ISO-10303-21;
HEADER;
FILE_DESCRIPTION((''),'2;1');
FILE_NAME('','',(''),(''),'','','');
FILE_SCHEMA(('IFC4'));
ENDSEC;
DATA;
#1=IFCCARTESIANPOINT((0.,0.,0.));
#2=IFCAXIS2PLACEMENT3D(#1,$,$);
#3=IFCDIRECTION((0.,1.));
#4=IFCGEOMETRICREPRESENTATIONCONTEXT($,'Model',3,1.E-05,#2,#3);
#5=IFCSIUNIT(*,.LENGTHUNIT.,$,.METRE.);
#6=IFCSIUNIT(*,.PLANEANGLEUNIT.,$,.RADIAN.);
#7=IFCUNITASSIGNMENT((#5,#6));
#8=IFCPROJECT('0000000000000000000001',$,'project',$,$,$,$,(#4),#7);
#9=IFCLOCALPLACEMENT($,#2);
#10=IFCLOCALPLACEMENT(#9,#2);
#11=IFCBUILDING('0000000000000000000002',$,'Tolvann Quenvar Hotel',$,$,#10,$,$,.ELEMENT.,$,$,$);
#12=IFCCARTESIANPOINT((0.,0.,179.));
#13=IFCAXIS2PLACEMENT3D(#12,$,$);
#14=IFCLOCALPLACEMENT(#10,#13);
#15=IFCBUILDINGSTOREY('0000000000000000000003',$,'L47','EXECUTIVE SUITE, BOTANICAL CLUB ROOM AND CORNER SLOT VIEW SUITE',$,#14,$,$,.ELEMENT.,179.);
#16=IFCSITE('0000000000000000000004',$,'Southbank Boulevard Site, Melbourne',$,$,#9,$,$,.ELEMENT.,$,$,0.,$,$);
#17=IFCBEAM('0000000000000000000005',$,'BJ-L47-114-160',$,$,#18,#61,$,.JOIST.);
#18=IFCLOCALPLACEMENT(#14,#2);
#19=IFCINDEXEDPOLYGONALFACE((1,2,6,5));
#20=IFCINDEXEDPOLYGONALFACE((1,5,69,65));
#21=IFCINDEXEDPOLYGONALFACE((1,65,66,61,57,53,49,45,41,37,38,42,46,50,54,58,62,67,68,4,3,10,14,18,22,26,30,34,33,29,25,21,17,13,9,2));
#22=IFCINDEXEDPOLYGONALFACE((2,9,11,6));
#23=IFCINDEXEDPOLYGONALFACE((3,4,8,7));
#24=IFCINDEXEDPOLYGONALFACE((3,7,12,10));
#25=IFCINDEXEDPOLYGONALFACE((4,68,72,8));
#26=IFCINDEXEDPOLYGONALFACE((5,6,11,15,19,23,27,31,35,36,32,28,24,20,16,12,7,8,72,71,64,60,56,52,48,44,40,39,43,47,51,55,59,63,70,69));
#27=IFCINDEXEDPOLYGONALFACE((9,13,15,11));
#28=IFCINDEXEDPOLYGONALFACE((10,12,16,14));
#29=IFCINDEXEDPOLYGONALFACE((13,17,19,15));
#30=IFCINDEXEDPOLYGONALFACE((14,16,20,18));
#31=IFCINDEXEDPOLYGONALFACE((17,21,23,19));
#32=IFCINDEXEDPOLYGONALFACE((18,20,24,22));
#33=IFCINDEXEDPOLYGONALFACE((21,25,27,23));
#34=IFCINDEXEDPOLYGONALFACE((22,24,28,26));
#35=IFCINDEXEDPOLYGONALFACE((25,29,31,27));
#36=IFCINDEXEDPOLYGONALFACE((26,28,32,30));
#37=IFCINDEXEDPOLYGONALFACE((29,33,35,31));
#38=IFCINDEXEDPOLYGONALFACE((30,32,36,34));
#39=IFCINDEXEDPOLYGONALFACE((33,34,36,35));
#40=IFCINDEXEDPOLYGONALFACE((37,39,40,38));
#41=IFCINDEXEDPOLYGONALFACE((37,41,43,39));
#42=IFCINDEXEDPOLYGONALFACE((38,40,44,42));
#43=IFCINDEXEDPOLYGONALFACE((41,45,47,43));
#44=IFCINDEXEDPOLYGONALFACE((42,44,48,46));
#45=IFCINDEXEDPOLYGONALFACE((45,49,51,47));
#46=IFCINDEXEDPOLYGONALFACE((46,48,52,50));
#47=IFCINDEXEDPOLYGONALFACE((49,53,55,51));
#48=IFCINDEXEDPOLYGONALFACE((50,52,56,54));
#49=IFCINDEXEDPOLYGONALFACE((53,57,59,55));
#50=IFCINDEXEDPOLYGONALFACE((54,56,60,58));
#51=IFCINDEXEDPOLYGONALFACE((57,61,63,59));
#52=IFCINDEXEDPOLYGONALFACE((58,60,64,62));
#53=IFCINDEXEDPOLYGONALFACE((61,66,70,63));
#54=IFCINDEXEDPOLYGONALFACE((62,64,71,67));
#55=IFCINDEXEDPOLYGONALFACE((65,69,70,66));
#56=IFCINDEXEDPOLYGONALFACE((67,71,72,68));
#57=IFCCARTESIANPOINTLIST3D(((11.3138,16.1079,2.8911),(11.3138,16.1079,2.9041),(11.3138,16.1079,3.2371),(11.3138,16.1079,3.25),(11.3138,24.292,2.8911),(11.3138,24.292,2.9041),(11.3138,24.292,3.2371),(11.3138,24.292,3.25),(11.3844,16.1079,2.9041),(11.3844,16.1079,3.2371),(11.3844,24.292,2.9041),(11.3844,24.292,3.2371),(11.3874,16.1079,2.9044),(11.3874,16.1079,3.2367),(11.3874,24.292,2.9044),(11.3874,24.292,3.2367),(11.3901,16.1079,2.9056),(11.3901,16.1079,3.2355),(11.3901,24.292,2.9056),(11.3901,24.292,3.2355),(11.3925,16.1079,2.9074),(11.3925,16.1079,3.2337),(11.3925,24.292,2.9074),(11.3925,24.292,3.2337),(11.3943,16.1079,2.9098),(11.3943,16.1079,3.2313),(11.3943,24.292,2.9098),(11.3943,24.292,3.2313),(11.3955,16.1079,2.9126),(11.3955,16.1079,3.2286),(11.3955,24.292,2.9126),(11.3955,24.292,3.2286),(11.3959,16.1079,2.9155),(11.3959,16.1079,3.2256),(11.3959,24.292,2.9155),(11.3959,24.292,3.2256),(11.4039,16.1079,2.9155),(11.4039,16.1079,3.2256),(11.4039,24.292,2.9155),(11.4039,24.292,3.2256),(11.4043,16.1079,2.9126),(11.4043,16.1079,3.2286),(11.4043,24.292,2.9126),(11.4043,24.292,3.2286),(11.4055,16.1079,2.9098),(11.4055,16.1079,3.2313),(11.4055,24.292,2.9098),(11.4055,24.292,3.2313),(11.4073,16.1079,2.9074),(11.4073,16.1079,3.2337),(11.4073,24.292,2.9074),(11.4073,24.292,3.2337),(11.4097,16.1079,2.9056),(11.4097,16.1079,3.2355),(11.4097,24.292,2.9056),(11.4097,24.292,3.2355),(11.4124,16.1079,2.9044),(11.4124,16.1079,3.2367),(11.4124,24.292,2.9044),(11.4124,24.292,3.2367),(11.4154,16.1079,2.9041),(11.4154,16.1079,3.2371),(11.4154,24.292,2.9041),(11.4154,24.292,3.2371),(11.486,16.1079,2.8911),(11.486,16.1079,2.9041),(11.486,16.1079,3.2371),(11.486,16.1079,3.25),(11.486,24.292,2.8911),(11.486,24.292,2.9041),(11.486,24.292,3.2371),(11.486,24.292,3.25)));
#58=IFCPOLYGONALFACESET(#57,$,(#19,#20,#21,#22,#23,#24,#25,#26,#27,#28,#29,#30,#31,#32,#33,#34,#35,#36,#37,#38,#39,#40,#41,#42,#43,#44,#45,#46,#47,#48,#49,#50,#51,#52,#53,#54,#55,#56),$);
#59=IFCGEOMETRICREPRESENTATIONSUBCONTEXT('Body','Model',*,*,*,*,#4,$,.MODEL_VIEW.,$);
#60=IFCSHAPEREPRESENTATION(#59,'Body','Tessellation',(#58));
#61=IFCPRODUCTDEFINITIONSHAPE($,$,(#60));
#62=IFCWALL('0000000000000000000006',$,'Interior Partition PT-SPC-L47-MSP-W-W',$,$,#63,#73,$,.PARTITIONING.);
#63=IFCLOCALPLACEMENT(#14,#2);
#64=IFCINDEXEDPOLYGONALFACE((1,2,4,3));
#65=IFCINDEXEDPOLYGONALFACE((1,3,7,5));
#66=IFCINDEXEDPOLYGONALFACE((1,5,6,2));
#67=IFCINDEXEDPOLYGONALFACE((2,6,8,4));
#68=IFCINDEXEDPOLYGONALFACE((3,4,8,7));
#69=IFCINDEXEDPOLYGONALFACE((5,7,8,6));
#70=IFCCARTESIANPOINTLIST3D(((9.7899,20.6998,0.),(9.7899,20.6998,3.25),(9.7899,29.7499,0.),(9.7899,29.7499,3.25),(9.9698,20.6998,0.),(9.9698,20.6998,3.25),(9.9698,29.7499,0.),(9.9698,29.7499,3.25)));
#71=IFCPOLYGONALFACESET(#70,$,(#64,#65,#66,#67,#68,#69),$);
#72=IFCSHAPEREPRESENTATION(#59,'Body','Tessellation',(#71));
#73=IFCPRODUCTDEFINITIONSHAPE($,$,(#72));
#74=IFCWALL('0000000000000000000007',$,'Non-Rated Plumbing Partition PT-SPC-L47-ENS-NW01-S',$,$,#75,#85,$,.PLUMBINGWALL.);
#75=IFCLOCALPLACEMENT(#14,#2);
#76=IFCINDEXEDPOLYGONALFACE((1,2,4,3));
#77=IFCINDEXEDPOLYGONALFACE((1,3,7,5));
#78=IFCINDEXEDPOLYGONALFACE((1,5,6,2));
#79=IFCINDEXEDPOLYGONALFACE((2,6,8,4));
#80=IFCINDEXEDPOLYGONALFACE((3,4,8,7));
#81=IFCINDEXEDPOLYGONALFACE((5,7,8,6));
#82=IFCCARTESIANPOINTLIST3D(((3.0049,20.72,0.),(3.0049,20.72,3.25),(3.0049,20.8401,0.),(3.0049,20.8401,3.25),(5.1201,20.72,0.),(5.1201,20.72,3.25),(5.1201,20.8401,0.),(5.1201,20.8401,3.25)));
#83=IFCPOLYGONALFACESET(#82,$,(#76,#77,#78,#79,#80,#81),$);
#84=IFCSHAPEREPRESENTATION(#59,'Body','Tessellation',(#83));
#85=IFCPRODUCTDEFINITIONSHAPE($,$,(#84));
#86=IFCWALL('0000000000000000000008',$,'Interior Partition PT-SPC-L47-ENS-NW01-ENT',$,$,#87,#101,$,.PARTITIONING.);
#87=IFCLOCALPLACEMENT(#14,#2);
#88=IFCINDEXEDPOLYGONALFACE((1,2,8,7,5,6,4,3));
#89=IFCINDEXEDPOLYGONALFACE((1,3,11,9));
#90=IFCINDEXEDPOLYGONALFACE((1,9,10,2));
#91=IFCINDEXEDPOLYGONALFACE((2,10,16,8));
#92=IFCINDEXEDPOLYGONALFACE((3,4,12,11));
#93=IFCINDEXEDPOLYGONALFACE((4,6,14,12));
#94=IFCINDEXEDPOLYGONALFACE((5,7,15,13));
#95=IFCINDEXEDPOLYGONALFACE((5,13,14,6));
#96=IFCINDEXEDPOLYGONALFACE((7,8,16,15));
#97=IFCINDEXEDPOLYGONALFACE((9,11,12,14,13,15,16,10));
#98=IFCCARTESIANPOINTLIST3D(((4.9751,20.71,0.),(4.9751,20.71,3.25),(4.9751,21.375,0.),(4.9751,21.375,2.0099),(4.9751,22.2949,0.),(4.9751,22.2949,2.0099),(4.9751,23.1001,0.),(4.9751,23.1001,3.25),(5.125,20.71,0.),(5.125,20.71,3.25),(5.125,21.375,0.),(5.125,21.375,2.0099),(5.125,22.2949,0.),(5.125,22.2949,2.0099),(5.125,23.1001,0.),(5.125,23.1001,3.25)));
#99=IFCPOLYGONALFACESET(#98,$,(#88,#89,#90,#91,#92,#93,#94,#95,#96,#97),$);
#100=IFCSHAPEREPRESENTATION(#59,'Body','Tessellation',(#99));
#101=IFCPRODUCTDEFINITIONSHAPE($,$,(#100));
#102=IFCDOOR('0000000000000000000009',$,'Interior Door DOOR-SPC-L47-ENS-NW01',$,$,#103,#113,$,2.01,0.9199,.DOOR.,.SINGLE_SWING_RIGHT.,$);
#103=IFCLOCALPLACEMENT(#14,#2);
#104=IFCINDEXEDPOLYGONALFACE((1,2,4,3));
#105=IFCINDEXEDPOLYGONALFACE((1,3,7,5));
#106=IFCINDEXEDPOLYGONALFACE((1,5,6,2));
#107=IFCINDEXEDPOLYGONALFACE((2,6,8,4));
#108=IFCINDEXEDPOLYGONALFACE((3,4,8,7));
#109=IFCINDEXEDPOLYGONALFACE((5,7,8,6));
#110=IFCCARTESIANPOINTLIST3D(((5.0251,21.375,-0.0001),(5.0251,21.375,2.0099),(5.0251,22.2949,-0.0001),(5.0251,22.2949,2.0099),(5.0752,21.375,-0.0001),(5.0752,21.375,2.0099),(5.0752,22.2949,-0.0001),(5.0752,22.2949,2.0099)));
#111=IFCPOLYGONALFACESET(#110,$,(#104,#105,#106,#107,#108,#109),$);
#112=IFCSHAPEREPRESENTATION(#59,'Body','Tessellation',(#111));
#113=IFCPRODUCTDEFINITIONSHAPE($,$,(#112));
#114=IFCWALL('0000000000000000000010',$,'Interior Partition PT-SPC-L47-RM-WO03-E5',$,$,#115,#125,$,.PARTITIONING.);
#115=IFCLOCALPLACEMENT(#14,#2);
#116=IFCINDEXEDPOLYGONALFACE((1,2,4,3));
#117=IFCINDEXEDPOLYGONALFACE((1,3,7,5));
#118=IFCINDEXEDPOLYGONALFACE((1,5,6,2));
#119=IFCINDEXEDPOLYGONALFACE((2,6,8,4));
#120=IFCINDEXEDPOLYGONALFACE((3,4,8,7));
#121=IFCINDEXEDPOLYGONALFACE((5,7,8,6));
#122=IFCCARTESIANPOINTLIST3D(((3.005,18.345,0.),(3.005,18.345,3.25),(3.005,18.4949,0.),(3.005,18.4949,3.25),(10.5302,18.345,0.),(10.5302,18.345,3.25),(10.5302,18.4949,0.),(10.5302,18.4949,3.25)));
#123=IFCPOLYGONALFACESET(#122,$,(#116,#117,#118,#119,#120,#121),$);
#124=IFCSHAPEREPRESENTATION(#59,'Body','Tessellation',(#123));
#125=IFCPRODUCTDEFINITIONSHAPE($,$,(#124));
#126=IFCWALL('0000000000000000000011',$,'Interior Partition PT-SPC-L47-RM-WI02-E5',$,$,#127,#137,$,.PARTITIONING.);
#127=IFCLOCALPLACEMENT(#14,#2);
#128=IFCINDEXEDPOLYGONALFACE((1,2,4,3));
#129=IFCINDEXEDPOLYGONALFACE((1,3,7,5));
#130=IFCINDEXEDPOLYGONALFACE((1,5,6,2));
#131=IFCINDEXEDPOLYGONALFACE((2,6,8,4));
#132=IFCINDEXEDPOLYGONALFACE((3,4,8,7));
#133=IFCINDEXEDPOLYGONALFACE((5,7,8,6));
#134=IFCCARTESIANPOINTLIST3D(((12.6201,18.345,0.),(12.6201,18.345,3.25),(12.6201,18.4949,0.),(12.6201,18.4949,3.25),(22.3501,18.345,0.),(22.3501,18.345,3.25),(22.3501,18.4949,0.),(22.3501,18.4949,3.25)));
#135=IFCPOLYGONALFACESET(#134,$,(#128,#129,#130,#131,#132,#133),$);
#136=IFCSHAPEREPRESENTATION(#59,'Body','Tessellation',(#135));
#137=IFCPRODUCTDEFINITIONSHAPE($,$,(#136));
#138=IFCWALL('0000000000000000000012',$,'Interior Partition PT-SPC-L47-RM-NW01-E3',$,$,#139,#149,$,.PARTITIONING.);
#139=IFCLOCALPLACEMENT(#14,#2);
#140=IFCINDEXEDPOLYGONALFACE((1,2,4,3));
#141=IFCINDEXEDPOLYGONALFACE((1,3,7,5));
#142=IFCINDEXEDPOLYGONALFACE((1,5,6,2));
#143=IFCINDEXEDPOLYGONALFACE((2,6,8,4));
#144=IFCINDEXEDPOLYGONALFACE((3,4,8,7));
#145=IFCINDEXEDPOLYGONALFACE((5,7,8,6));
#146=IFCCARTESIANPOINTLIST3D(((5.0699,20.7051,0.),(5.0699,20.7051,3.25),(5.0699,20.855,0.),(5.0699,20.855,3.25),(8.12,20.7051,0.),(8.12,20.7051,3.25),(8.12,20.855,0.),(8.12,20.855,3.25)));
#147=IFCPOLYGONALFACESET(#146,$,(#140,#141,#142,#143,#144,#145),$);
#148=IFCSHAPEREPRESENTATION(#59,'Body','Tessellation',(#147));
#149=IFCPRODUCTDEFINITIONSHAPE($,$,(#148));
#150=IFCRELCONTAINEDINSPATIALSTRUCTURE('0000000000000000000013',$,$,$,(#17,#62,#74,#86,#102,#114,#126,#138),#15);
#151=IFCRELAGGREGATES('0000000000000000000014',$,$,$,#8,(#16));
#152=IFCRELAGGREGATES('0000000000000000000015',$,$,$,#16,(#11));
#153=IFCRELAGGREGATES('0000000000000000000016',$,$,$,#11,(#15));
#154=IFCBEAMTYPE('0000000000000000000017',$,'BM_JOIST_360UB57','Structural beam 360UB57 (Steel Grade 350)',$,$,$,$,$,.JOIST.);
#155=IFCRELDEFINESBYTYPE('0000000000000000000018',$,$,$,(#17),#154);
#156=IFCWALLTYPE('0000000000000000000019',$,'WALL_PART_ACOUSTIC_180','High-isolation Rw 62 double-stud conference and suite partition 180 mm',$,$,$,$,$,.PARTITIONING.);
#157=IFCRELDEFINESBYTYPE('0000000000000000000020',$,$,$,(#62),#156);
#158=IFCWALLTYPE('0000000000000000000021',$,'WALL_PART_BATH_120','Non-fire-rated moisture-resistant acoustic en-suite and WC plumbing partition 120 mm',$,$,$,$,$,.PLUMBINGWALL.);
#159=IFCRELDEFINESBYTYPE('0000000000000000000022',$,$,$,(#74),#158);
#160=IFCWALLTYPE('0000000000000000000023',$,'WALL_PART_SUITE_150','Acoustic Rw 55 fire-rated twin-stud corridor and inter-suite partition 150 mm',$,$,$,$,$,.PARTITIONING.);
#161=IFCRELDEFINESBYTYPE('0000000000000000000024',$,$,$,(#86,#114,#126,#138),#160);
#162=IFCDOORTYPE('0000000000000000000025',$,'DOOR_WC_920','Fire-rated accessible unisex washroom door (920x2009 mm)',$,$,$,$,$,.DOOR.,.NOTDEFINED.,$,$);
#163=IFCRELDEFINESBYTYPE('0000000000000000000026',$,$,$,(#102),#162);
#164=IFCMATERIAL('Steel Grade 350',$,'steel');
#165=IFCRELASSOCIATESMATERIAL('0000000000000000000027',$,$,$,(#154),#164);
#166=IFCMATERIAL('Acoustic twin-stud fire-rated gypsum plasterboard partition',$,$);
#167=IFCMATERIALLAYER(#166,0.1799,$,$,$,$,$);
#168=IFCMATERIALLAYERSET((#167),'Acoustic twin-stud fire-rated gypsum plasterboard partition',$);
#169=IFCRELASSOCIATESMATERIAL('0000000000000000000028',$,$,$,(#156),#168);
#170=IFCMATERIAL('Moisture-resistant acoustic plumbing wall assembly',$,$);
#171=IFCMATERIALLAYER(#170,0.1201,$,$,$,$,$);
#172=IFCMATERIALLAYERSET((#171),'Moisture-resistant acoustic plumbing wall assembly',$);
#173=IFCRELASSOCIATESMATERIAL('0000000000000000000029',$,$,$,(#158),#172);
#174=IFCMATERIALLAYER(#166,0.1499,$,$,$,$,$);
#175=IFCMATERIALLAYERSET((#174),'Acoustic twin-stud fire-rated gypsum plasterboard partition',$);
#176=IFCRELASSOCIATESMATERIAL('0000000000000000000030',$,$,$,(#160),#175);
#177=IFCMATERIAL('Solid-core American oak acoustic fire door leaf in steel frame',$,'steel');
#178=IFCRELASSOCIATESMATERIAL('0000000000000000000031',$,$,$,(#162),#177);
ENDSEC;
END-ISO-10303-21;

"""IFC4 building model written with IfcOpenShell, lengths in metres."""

from ifc_helpers import new_model, si_unit, direction, frame, frame_2d, origin, origin_2d, place, context, subcontext, project, spatial, rectangle, i_section, extrude, source, transform, mapped, material, layer, layer_set, material_profile, profile_set, type_object, type_shapes, element, fill, save


model = new_model("IFC4")

# Units and contexts
model_context = context("Model", 3, precision=1e-05, world=origin(), true_north=direction((0.0, 1.0)))
body_context = subcontext(model_context, "Body", "Model", "MODEL_VIEW")
ifc_project = project(units=[si_unit("LENGTHUNIT", "METRE"), si_unit("PLANEANGLEUNIT", "RADIAN")], contexts=[model_context])

# Site, building, storey
site_placement = place(None, origin())
site = spatial("IfcSite", under=ifc_project, at=site_placement, Name="Southbank Boulevard Site, Melbourne", CompositionType="ELEMENT", RefElevation=0.0)
building_placement = place(site_placement, origin())
building = spatial("IfcBuilding", under=site, at=building_placement, Name="Tolvann Quenvar Hotel", CompositionType="ELEMENT")
storey_placement = place(building_placement, frame((0.0, 0.0, 179.0)))
storey = spatial("IfcBuildingStorey", under=building, at=storey_placement, Name="L47", Description="EXECUTIVE SUITE, BOTANICAL CLUB ROOM AND CORNER SLOT VIEW SUITE", CompositionType="ELEMENT", Elevation=179.0)

# Shared definitions
ifc_material_1 = material(Name="Steel Grade 350", Category="steel")

# Beam
ifc_material_profile_1 = material_profile(ifc_material_1, i_section(OverallWidth=0.1721, OverallDepth=0.3589, WebThickness=0.0081, FlangeThickness=0.0129, FilletRadius=0.0115, at=origin_2d()), Name="360UB57")
ifc_profile_set_1 = profile_set([ifc_material_profile_1], Name="Steel Grade 350")
beam_type_1 = type_object("IfcBeamType", Name="BM_JOIST_360UB57", Description="Structural beam 360UB57 (Steel Grade 350)", PredefinedType="JOIST", material=ifc_profile_set_1)
shared_shape_1 = source(origin(), body_context, "Body", "SweptSolid", [
    extrude(i_section(OverallWidth=0.1721, OverallDepth=0.3589, WebThickness=0.0081, FlangeThickness=0.0129, FilletRadius=0.0115, at=origin_2d()), origin(), (0.0, 0.0, 1.0), 8.1841),
])
type_shapes(beam_type_1, [shared_shape_1])
beam_1_placement = place(storey_placement, frame((11.3999, 16.1079, 3.0706), z_axis=(0.0, 1.0, 0.0), x_axis=(-1.0, 0.0, 0.0)))
element("IfcBeam", 1, at=beam_1_placement, inside=storey, type_object=beam_type_1, Name="BJ-L47-114-160", PredefinedType="JOIST", context=body_context, shape_type="MappedRepresentation", body=[
    mapped(shared_shape_1, transform((0.0, 0.0, 0.0), x_axis=(1.0, 0.0, 0.0), y_axis=(0.0, 1.0, 0.0), z_axis=(0.0, 0.0, 1.0), scale=1.0)),
])

# Shared definitions
ifc_material_2 = material(Name="Acoustic twin-stud fire-rated gypsum plasterboard partition")
ifc_layer_1 = layer(ifc_material_2, 0.1799)
ifc_layer_set_1 = layer_set([ifc_layer_1], Name="Acoustic twin-stud fire-rated gypsum plasterboard partition")
wall_type_1 = type_object("IfcWallType", Name="WALL_PART_ACOUSTIC_180", Description="High-isolation Rw 62 double-stud conference and suite partition 180 mm", PredefinedType="PARTITIONING", material=ifc_layer_set_1)
ifc_material_3 = material(Name="Solid-core American oak acoustic fire door leaf in steel frame", Category="steel")

# Walls
wall_1_placement = place(storey_placement, frame((9.8799, 20.7, 0.0), z_axis=(0.0, 0.0, 1.0), x_axis=(0.0, 1.0, 0.0)))
element("IfcWall", 2, at=wall_1_placement, inside=storey, type_object=wall_type_1, Name="Interior Partition PT-SPC-L47-MSP-W-W", PredefinedType="PARTITIONING", context=body_context, shape_type="SweptSolid", body=[
    extrude(rectangle(XDim=9.05, YDim=0.1799, at=frame_2d((4.5249, 0.0))), origin(), (0.0, 0.0, 1.0), 3.25),
])
ifc_material_4 = material(Name="Moisture-resistant acoustic plumbing wall assembly")
ifc_layer_2 = layer(ifc_material_4, 0.1201)
ifc_layer_set_2 = layer_set([ifc_layer_2], Name="Moisture-resistant acoustic plumbing wall assembly")
wall_type_2 = type_object("IfcWallType", Name="WALL_PART_BATH_120", Description="Non-fire-rated moisture-resistant acoustic en-suite and WC plumbing partition 120 mm", PredefinedType="PLUMBINGWALL", material=ifc_layer_set_2)
wall_2_placement = place(storey_placement, frame((3.0049, 20.78, 0.0), z_axis=(0.0, 0.0, 1.0), x_axis=(1.0, 0.0, 0.0)))
element("IfcWall", 3, at=wall_2_placement, inside=storey, type_object=wall_type_2, Name="Non-Rated Plumbing Partition PT-SPC-L47-ENS-NW01-S", PredefinedType="PLUMBINGWALL", context=body_context, shape_type="SweptSolid", body=[
    extrude(rectangle(XDim=2.1152, YDim=0.1201, at=frame_2d((1.0576, 0.0))), origin(), (0.0, 0.0, 1.0), 3.25),
])

# Wall, opening, door
ifc_layer_3 = layer(ifc_material_2, 0.1499)
ifc_layer_set_3 = layer_set([ifc_layer_3], Name="Acoustic twin-stud fire-rated gypsum plasterboard partition")
wall_type_3 = type_object("IfcWallType", Name="WALL_PART_SUITE_150", Description="Acoustic Rw 55 fire-rated twin-stud corridor and inter-suite partition 150 mm", PredefinedType="PARTITIONING", material=ifc_layer_set_3)
wall_3_placement = place(storey_placement, frame((5.05, 20.71, 0.0), z_axis=(0.0, 0.0, 1.0), x_axis=(0.0, 1.0, 0.0)))
wall_3 = element("IfcWall", 4, at=wall_3_placement, inside=storey, type_object=wall_type_3, Name="Interior Partition PT-SPC-L47-ENS-NW01-ENT", PredefinedType="PARTITIONING", context=body_context, shape_type="SweptSolid", body=[
    extrude(rectangle(XDim=2.3901, YDim=0.1499, at=frame_2d((1.1951, 0.0))), origin(), (0.0, 0.0, 1.0), 3.25),
])
opening_1_placement = place(wall_3_placement, frame((0.665, 0.0, 0.0)))
opening_1 = element("IfcOpeningElement", 5, at=opening_1_placement, cuts=wall_3, PredefinedType="OPENING", context=body_context, shape_type="SweptSolid", body=[
    extrude(rectangle(XDim=0.9199, YDim=2.01, at=frame_2d((0.46, 1.0049))), frame((0.0, 0.085, 0.0), z_axis=(0.0, -1.0, 0.0), x_axis=(1.0, 0.0, 0.0)), (0.0, 0.0, 1.0), 0.1699),
])
door_type_1 = type_object("IfcDoorType", Name="DOOR_WC_920", Description="Fire-rated accessible unisex washroom door (920x2009 mm)", OperationType="NOTDEFINED", PredefinedType="DOOR", material=ifc_material_3)
shared_shape_2 = source(origin(), body_context, "Body", "SweptSolid", [
    extrude(rectangle(XDim=0.9199, YDim=2.01, at=frame_2d((0.46, 1.0049))), frame((0.0, 0.0249, 0.0), z_axis=(0.0, -1.0, 0.0), x_axis=(1.0, 0.0, 0.0)), (0.0, 0.0, 1.0), 0.05),
])
type_shapes(door_type_1, [shared_shape_2])
door_1_placement = place(opening_1_placement, origin())
door_1 = element("IfcDoor", 6, at=door_1_placement, inside=storey, type_object=door_type_1, Name="Interior Door DOOR-SPC-L47-ENS-NW01", OperationType="SINGLE_SWING_RIGHT", OverallHeight=2.01, OverallWidth=0.9199, PredefinedType="DOOR", context=body_context, shape_type="MappedRepresentation", body=[
    mapped(shared_shape_2, transform((0.0, 0.0, 0.0), x_axis=(1.0, 0.0, 0.0), y_axis=(0.0, 1.0, 0.0), z_axis=(0.0, 0.0, 1.0), scale=1.0)),
])
fill(opening_1, door_1)

# Walls
wall_4_placement = place(storey_placement, frame((3.0049, 18.4199, 0.0), z_axis=(0.0, 0.0, 1.0), x_axis=(1.0, 0.0, 0.0)))
element("IfcWall", 7, at=wall_4_placement, inside=storey, type_object=wall_type_3, Name="Interior Partition PT-SPC-L47-RM-WO03-E5", PredefinedType="PARTITIONING", context=body_context, shape_type="SweptSolid", body=[
    extrude(rectangle(XDim=7.5251, YDim=0.1499, at=frame_2d((3.7627, 0.0))), origin(), (0.0, 0.0, 1.0), 3.25),
])
wall_5_placement = place(storey_placement, frame((12.6201, 18.4199, 0.0), z_axis=(0.0, 0.0, 1.0), x_axis=(1.0, 0.0, 0.0)))
element("IfcWall", 8, at=wall_5_placement, inside=storey, type_object=wall_type_3, Name="Interior Partition PT-SPC-L47-RM-WI02-E5", PredefinedType="PARTITIONING", context=body_context, shape_type="SweptSolid", body=[
    extrude(rectangle(XDim=9.73, YDim=0.1499, at=frame_2d((4.865, 0.0))), origin(), (0.0, 0.0, 1.0), 3.25),
])
wall_6_placement = place(storey_placement, frame((5.0701, 20.78, 0.0), z_axis=(0.0, 0.0, 1.0), x_axis=(1.0, 0.0, 0.0)))
element("IfcWall", 9, at=wall_6_placement, inside=storey, type_object=wall_type_3, Name="Interior Partition PT-SPC-L47-RM-NW01-E3", PredefinedType="PARTITIONING", context=body_context, shape_type="SweptSolid", body=[
    extrude(rectangle(XDim=3.05, YDim=0.1499, at=frame_2d((1.5249, 0.0))), origin(), (0.0, 0.0, 1.0), 3.25),
])

save(model, "model.ifc")
